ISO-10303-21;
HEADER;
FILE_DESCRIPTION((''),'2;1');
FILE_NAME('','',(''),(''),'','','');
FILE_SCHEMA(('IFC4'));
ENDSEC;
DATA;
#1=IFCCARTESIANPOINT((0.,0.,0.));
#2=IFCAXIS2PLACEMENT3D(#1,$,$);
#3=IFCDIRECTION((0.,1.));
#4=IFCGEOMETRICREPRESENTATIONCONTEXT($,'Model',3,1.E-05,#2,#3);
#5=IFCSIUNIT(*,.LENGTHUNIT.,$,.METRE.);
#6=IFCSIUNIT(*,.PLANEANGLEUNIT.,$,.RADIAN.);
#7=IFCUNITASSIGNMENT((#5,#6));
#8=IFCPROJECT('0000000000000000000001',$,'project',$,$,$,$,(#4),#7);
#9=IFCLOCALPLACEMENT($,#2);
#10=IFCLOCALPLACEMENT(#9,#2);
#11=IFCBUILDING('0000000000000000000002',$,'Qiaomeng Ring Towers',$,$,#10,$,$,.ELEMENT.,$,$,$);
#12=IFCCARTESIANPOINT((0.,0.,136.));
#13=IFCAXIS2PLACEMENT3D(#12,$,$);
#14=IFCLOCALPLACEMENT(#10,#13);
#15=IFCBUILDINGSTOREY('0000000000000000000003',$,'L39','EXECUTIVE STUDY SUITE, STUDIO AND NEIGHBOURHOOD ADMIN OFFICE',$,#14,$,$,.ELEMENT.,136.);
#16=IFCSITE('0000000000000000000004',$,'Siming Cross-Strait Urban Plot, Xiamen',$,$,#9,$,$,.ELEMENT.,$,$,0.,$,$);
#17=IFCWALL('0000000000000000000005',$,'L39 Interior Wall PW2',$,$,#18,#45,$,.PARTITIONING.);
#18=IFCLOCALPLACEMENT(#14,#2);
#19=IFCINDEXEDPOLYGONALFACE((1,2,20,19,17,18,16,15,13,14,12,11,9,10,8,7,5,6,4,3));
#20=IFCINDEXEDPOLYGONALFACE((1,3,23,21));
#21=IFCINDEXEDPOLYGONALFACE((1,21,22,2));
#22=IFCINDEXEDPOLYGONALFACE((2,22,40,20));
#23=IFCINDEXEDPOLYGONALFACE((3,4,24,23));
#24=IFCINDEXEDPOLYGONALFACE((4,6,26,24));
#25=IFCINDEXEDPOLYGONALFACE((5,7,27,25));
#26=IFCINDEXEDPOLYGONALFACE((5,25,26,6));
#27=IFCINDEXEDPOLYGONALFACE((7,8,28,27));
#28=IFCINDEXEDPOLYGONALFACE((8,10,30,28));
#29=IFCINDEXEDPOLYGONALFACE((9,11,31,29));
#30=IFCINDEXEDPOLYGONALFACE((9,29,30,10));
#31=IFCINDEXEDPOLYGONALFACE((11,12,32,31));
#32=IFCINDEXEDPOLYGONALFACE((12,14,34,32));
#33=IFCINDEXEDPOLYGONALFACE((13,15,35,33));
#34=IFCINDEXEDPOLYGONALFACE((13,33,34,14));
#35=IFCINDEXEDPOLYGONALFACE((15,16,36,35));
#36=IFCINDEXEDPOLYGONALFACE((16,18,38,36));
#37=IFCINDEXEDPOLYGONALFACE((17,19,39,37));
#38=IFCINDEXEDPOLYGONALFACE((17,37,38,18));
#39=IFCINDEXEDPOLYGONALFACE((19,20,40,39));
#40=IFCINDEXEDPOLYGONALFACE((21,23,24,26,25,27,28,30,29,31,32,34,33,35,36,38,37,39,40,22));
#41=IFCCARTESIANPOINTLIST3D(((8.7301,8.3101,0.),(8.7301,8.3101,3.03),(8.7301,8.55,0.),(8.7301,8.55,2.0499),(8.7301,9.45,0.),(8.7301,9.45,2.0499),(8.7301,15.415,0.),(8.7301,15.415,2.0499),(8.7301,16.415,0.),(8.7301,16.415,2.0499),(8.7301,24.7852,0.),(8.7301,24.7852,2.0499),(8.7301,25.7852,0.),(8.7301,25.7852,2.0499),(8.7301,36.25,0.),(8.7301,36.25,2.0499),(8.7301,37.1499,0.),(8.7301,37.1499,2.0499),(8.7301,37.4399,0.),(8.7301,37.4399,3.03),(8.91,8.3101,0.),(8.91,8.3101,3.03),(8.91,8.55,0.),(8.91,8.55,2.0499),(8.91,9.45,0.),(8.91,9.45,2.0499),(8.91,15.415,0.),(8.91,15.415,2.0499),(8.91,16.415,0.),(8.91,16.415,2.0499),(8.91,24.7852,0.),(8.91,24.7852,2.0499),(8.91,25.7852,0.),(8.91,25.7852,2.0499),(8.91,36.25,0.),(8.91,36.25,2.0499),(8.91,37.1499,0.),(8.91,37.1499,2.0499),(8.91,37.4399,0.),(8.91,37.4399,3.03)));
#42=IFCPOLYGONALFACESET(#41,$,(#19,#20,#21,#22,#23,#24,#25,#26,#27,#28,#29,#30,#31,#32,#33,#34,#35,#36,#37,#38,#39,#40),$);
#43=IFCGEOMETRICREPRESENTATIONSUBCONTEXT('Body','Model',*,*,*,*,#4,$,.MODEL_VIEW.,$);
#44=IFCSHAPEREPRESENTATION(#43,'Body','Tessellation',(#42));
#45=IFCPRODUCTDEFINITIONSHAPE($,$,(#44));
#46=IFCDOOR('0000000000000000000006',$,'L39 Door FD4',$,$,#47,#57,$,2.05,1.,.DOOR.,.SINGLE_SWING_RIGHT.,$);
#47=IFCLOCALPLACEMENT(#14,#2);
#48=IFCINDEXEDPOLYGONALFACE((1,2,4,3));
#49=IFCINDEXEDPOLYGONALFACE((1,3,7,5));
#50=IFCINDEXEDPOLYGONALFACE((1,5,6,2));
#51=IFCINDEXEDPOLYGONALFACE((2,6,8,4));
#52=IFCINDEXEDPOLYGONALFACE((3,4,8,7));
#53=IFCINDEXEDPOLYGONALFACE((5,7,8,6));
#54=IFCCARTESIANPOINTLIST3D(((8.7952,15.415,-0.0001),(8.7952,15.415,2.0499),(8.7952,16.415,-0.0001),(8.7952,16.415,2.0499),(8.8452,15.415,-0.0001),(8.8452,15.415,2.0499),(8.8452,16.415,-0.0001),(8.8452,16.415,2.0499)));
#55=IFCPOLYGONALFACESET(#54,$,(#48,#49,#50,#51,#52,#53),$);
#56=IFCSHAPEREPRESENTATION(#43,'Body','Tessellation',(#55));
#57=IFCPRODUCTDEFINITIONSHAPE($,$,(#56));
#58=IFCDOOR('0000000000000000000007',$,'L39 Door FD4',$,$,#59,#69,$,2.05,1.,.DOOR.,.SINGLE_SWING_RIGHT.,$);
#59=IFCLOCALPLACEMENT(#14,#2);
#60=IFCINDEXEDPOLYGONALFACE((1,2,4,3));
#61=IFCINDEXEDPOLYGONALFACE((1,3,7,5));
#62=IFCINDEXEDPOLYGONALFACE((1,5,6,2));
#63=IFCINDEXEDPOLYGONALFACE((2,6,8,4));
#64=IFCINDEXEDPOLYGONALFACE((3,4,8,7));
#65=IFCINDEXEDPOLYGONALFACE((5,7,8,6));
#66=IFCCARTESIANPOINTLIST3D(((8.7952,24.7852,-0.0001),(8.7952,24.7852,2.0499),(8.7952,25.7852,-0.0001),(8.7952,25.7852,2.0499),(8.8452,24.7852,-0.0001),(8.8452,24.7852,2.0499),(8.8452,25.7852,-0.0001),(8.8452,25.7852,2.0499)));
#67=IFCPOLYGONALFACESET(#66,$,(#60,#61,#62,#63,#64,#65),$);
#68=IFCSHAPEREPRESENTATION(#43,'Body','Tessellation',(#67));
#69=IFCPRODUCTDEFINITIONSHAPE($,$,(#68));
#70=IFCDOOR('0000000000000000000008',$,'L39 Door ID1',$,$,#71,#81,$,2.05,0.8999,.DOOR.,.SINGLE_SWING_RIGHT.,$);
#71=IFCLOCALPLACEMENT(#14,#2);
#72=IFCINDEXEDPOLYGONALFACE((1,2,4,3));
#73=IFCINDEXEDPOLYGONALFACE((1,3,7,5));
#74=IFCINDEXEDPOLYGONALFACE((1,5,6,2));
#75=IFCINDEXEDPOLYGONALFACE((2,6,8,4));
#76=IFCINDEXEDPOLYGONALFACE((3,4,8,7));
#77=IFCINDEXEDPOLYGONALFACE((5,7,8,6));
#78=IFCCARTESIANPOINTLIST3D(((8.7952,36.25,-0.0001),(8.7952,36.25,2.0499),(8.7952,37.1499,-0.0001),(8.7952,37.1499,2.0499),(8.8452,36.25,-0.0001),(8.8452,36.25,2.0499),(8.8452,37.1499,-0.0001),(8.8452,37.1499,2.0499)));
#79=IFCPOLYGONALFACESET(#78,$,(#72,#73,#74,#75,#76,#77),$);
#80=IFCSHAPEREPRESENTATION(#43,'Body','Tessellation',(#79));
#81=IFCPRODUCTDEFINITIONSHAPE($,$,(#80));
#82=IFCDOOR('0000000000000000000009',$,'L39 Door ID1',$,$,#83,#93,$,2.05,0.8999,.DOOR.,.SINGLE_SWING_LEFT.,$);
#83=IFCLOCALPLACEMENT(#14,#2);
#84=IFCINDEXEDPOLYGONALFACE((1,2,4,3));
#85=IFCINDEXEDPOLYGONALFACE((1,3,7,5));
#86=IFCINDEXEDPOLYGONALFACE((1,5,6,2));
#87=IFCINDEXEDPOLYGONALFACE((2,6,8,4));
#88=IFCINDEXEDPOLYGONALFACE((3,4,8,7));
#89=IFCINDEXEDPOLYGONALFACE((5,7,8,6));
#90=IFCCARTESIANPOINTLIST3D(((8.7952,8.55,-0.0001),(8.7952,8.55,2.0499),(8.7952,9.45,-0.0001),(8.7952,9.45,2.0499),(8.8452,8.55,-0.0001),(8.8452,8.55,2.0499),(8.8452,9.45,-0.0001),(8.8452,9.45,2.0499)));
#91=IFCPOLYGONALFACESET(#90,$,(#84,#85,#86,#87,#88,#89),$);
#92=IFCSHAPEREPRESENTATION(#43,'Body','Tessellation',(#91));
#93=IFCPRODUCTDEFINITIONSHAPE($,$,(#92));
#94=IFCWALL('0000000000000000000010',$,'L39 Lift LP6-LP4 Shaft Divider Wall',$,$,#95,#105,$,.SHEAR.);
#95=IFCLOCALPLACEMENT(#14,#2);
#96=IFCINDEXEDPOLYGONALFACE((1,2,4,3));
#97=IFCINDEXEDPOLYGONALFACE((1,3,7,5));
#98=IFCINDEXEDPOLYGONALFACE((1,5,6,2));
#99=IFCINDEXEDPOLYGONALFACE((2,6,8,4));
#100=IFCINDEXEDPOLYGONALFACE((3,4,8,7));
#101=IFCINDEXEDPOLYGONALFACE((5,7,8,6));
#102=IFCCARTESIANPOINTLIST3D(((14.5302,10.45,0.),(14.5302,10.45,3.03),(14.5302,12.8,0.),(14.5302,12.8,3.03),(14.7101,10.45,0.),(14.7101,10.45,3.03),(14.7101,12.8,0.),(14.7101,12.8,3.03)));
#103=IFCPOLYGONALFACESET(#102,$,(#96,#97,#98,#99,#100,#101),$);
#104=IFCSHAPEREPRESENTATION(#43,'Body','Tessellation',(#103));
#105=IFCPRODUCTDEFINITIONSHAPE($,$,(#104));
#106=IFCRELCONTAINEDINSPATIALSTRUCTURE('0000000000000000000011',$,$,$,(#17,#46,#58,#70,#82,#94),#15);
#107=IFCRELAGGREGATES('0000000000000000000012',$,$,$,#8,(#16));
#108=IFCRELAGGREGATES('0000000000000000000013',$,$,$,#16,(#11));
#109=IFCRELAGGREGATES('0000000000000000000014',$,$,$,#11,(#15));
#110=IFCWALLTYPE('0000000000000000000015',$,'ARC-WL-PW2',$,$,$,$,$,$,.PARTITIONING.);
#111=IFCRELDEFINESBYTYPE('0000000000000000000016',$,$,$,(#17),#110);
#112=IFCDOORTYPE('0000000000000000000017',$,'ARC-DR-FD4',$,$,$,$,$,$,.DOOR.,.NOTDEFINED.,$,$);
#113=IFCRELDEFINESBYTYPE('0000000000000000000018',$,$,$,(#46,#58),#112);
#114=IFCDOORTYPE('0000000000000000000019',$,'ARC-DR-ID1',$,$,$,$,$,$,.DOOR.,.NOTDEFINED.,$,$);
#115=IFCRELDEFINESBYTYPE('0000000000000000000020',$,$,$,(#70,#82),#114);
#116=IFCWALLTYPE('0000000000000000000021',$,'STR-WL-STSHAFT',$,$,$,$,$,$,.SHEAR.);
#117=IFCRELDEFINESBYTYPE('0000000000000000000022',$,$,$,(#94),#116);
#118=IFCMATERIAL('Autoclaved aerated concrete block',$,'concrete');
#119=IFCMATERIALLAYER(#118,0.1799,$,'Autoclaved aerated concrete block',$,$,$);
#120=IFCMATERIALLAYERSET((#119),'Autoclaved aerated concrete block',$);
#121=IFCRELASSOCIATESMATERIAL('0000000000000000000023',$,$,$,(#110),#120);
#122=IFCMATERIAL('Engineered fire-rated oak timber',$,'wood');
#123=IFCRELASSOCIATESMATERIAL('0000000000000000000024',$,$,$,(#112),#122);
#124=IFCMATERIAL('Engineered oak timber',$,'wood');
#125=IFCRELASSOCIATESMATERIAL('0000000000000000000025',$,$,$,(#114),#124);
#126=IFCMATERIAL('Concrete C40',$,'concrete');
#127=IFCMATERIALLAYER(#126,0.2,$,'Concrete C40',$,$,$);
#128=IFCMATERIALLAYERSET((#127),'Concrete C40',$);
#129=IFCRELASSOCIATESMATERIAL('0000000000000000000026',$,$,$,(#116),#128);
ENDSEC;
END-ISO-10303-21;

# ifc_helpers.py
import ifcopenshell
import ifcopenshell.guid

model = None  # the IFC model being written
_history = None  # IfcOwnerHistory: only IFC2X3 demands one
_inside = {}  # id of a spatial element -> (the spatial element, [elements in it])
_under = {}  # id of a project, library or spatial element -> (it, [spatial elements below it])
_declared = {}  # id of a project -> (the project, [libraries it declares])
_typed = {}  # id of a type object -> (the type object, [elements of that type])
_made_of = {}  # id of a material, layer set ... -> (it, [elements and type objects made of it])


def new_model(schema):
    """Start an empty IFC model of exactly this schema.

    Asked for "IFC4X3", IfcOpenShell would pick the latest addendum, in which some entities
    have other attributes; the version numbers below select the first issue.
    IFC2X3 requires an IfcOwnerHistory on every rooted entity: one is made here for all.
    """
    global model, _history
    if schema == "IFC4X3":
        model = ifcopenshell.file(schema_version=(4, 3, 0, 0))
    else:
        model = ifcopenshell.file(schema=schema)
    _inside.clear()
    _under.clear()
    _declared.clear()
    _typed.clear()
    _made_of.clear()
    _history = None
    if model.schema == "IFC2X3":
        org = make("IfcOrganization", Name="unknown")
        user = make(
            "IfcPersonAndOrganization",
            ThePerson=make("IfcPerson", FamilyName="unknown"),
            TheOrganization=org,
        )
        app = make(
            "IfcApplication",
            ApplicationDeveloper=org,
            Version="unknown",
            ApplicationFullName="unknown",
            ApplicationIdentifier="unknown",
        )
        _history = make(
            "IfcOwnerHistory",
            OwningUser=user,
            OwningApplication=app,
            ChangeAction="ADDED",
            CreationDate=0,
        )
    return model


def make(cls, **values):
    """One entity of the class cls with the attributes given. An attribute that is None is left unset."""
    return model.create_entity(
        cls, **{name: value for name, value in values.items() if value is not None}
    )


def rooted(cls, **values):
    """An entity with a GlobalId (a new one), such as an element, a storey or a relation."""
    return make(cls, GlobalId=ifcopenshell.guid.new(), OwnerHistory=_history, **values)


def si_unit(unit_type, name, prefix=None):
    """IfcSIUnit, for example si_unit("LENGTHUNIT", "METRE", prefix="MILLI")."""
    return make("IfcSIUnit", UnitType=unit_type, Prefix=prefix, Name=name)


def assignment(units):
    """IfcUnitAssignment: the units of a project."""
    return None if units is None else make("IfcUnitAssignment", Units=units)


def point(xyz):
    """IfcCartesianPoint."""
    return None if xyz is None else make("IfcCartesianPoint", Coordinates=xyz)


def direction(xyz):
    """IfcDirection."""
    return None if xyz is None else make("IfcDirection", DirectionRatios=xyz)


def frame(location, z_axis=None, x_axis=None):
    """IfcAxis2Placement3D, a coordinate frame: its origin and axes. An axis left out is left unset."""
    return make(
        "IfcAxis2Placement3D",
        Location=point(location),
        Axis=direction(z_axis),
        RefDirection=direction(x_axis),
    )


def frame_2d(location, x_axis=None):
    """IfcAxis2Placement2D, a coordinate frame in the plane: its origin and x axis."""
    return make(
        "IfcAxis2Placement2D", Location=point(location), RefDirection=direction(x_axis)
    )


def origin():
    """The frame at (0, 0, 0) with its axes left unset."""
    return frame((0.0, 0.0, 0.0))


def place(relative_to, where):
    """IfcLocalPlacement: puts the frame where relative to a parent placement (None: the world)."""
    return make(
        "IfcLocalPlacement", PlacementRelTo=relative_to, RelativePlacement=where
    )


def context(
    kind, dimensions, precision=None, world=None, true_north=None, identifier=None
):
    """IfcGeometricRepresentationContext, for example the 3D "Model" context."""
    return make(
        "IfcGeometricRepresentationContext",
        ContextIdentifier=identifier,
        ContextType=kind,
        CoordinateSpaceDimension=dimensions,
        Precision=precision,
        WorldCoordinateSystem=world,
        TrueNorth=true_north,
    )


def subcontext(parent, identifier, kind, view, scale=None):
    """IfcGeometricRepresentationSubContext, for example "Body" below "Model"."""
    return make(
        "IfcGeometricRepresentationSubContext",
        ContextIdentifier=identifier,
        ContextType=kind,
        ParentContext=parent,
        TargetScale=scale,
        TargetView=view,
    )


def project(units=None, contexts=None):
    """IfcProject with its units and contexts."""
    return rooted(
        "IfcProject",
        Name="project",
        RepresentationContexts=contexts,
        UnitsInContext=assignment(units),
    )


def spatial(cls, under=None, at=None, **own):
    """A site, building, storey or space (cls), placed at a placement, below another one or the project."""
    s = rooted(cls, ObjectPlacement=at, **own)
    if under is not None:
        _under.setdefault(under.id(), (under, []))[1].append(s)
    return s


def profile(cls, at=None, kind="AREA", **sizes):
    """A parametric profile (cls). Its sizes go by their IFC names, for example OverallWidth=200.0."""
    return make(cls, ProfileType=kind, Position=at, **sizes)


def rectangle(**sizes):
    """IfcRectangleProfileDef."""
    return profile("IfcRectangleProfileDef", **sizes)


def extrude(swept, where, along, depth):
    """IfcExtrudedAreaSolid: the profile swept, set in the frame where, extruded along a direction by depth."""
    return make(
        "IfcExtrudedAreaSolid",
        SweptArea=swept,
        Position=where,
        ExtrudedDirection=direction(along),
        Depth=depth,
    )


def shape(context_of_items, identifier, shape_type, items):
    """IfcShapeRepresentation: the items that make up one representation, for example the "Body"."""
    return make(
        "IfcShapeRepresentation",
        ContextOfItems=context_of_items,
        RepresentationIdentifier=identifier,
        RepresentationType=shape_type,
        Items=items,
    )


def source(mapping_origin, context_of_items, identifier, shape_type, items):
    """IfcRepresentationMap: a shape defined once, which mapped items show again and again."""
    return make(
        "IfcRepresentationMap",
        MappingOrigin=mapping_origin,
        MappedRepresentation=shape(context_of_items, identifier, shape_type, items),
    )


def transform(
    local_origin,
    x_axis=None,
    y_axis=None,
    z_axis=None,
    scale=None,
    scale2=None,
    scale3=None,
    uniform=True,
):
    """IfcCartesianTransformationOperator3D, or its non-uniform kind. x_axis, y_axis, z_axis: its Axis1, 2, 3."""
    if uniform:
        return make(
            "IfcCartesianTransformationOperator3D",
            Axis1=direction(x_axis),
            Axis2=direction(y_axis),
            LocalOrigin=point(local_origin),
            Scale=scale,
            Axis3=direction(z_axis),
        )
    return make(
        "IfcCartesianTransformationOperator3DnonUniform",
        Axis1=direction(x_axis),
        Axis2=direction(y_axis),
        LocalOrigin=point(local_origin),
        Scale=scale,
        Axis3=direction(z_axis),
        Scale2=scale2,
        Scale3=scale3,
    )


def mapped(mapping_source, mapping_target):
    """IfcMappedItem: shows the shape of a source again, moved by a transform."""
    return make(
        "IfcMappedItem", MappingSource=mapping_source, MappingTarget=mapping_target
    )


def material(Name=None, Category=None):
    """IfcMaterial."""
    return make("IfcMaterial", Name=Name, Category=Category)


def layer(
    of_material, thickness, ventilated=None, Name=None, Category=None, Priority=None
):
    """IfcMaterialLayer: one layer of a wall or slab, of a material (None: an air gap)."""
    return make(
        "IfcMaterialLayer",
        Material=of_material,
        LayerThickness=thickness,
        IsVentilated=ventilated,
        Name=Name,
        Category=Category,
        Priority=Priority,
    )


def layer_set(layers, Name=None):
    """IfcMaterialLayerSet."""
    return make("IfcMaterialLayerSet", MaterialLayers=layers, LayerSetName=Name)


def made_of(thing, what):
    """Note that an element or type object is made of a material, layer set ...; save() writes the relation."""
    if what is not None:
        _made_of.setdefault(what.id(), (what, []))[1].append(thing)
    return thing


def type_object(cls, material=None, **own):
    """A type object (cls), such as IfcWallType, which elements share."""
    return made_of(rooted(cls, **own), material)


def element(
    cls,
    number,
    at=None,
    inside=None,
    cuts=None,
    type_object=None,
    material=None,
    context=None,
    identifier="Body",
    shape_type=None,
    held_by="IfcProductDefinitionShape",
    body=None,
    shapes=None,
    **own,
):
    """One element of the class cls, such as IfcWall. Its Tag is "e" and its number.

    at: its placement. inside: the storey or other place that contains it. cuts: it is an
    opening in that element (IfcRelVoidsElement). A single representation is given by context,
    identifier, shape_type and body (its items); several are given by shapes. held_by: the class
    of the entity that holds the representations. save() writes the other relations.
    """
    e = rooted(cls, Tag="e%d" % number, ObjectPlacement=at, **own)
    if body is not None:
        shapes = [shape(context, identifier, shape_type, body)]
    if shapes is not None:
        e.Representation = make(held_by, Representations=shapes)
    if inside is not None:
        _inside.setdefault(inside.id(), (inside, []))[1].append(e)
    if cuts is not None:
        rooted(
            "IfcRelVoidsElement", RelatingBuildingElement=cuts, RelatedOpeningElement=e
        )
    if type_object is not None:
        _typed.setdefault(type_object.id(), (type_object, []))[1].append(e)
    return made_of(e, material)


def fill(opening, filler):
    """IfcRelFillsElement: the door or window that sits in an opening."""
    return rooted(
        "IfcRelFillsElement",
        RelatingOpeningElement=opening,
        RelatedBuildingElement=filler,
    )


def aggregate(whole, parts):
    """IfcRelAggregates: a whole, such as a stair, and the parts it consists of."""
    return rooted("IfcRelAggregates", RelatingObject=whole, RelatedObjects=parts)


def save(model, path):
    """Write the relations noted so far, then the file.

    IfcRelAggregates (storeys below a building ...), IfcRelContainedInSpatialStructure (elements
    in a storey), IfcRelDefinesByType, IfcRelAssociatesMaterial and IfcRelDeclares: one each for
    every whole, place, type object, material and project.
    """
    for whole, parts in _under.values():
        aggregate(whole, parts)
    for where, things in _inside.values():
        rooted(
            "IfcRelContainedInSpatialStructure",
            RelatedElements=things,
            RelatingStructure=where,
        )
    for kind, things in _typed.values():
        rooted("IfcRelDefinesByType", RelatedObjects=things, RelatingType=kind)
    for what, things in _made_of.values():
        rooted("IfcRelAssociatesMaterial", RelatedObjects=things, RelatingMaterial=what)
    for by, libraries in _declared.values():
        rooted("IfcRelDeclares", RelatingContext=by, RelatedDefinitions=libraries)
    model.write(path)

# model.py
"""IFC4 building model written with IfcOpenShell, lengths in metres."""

from ifc_helpers import new_model, si_unit, direction, frame, frame_2d, origin, place, context, subcontext, project, spatial, rectangle, extrude, source, transform, mapped, material, layer, layer_set, type_object, element, fill, save


model = new_model("IFC4")

# Units and contexts
model_context = context("Model", 3, precision=1e-05, world=origin(), true_north=direction((0.0, 1.0)))
body_context = subcontext(model_context, "Body", "Model", "MODEL_VIEW")
ifc_project = project(units=[si_unit("LENGTHUNIT", "METRE"), si_unit("PLANEANGLEUNIT", "RADIAN")], contexts=[model_context])

# Site, building, storey
site_placement = place(None, origin())
site = spatial("IfcSite", under=ifc_project, at=site_placement, Name="Siming Cross-Strait Urban Plot, Xiamen", CompositionType="ELEMENT", RefElevation=0.0)
building_placement = place(site_placement, origin())
building = spatial("IfcBuilding", under=site, at=building_placement, Name="Qiaomeng Ring Towers", CompositionType="ELEMENT")
storey_placement = place(building_placement, frame((0.0, 0.0, 136.0)))
storey = spatial("IfcBuildingStorey", under=building, at=storey_placement, Name="L39", Description="EXECUTIVE STUDY SUITE, STUDIO AND NEIGHBOURHOOD ADMIN OFFICE", CompositionType="ELEMENT", Elevation=136.0)

# Wall, openings, doors
ifc_material_1 = material(Name="Autoclaved aerated concrete block", Category="concrete")
ifc_layer_1 = layer(ifc_material_1, 0.1799, Name="Autoclaved aerated concrete block")
ifc_layer_set_1 = layer_set([ifc_layer_1], Name="Autoclaved aerated concrete block")
wall_type_1 = type_object("IfcWallType", Name="ARC-WL-PW2", PredefinedType="PARTITIONING", material=ifc_layer_set_1)
ifc_material_2 = material(Name="Engineered fire-rated oak timber", Category="wood")
door_type_1 = type_object("IfcDoorType", Name="ARC-DR-FD4", OperationType="NOTDEFINED", PredefinedType="DOOR", material=ifc_material_2)
shared_shape_1 = source(origin(), body_context, "Body", "SweptSolid", [
    extrude(rectangle(XDim=1.0, YDim=2.05, at=frame_2d((0.5, 1.0249))), frame((0.0, 0.0249, 0.0), z_axis=(0.0, -1.0, 0.0), x_axis=(1.0, 0.0, 0.0)), (0.0, 0.0, 1.0), 0.05),
])
wall_1_placement = place(storey_placement, frame((8.8201, 8.3101, 0.0), z_axis=(0.0, 0.0, 1.0), x_axis=(0.0, 1.0, 0.0)))
wall_1 = element("IfcWall", 1, at=wall_1_placement, inside=storey, type_object=wall_type_1, Name="L39 Interior Wall PW2", PredefinedType="PARTITIONING", context=body_context, shape_type="SweptSolid", body=[
    extrude(rectangle(XDim=29.1299, YDim=0.1799, at=frame_2d((14.5649, 0.0))), origin(), (0.0, 0.0, 1.0), 3.03),
])
opening_1_placement = place(wall_1_placement, frame((27.9399, 0.0, 0.0)))
opening_1 = element("IfcOpeningElement", 2, at=opening_1_placement, cuts=wall_1, PredefinedType="OPENING", context=body_context, shape_type="SweptSolid", body=[
    extrude(rectangle(XDim=0.8999, YDim=2.05, at=frame_2d((0.45, 1.0249))), frame((0.0, 0.0999, 0.0), z_axis=(0.0, -1.0, 0.0), x_axis=(1.0, 0.0, 0.0)), (0.0, 0.0, 1.0), 0.2),
])
opening_2_placement = place(wall_1_placement, frame((0.24, 0.0, 0.0)))
opening_2 = element("IfcOpeningElement", 3, at=opening_2_placement, cuts=wall_1, PredefinedType="OPENING", context=body_context, shape_type="SweptSolid", body=[
    extrude(rectangle(XDim=0.8999, YDim=2.05, at=frame_2d((0.45, 1.0249))), frame((0.0, 0.0999, 0.0), z_axis=(0.0, -1.0, 0.0), x_axis=(1.0, 0.0, 0.0)), (0.0, 0.0, 1.0), 0.2),
])
opening_3_placement = place(wall_1_placement, frame((7.105, 0.0, 0.0)))
opening_3 = element("IfcOpeningElement", 4, at=opening_3_placement, cuts=wall_1, PredefinedType="OPENING", context=body_context, shape_type="SweptSolid", body=[
    extrude(rectangle(XDim=1.0, YDim=2.05, at=frame_2d((0.5, 1.0249))), frame((0.0, 0.0999, 0.0), z_axis=(0.0, -1.0, 0.0), x_axis=(1.0, 0.0, 0.0)), (0.0, 0.0, 1.0), 0.2),
])
opening_4_placement = place(wall_1_placement, frame((16.4751, 0.0, 0.0)))
opening_4 = element("IfcOpeningElement", 5, at=opening_4_placement, cuts=wall_1, PredefinedType="OPENING", context=body_context, shape_type="SweptSolid", body=[
    extrude(rectangle(XDim=1.0, YDim=2.05, at=frame_2d((0.5, 1.0249))), frame((0.0, 0.0999, 0.0), z_axis=(0.0, -1.0, 0.0), x_axis=(1.0, 0.0, 0.0)), (0.0, 0.0, 1.0), 0.2),
])
door_1_placement = place(opening_3_placement, origin())
door_1 = element("IfcDoor", 6, at=door_1_placement, inside=storey, type_object=door_type_1, Name="L39 Door FD4", OperationType="SINGLE_SWING_RIGHT", OverallHeight=2.05, OverallWidth=1.0, PredefinedType="DOOR", context=body_context, shape_type="MappedRepresentation", body=[
    mapped(shared_shape_1, transform((0.0, 0.0, 0.0), x_axis=(1.0, 0.0, 0.0), y_axis=(0.0, 1.0, 0.0), z_axis=(0.0, 0.0, 1.0), scale=1.0)),
])
fill(opening_3, door_1)
door_2_placement = place(opening_4_placement, origin())
door_2 = element("IfcDoor", 7, at=door_2_placement, inside=storey, type_object=door_type_1, Name="L39 Door FD4", OperationType="SINGLE_SWING_RIGHT", OverallHeight=2.05, OverallWidth=1.0, PredefinedType="DOOR", context=body_context, shape_type="MappedRepresentation", body=[
    mapped(shared_shape_1, transform((0.0, 0.0, 0.0), x_axis=(1.0, 0.0, 0.0), y_axis=(0.0, 1.0, 0.0), z_axis=(0.0, 0.0, 1.0), scale=1.0)),
])
fill(opening_4, door_2)
ifc_material_3 = material(Name="Engineered oak timber", Category="wood")
door_type_2 = type_object("IfcDoorType", Name="ARC-DR-ID1", OperationType="NOTDEFINED", PredefinedType="DOOR", material=ifc_material_3)
shared_shape_2 = source(origin(), body_context, "Body", "SweptSolid", [
    extrude(rectangle(XDim=0.8999, YDim=2.05, at=frame_2d((0.45, 1.0249))), frame((0.0, 0.0249, 0.0), z_axis=(0.0, -1.0, 0.0), x_axis=(1.0, 0.0, 0.0)), (0.0, 0.0, 1.0), 0.05),
])
door_3_placement = place(opening_1_placement, origin())
door_3 = element("IfcDoor", 8, at=door_3_placement, inside=storey, type_object=door_type_2, Name="L39 Door ID1", OperationType="SINGLE_SWING_RIGHT", OverallHeight=2.05, OverallWidth=0.8999, PredefinedType="DOOR", context=body_context, shape_type="MappedRepresentation", body=[
    mapped(shared_shape_2, transform((0.0, 0.0, 0.0), x_axis=(1.0, 0.0, 0.0), y_axis=(0.0, 1.0, 0.0), z_axis=(0.0, 0.0, 1.0), scale=1.0)),
])
fill(opening_1, door_3)
door_4_placement = place(opening_2_placement, origin())
door_4 = element("IfcDoor", 9, at=door_4_placement, inside=storey, type_object=door_type_2, Name="L39 Door ID1", OperationType="SINGLE_SWING_LEFT", OverallHeight=2.05, OverallWidth=0.8999, PredefinedType="DOOR", context=body_context, shape_type="MappedRepresentation", body=[
    mapped(shared_shape_2, transform((0.0, 0.0, 0.0), x_axis=(1.0, 0.0, 0.0), y_axis=(0.0, 1.0, 0.0), z_axis=(0.0, 0.0, 1.0), scale=1.0)),
])
fill(opening_2, door_4)

# Wall
ifc_material_4 = material(Name="Concrete C40", Category="concrete")
ifc_layer_2 = layer(ifc_material_4, 0.2, Name="Concrete C40")
ifc_layer_set_2 = layer_set([ifc_layer_2], Name="Concrete C40")
wall_type_2 = type_object("IfcWallType", Name="STR-WL-STSHAFT", PredefinedType="SHEAR", material=ifc_layer_set_2)
wall_2_placement = place(storey_placement, frame((14.6201, 10.45, 0.0), z_axis=(0.0, 0.0, 1.0), x_axis=(0.0, 1.0, 0.0)))
element("IfcWall", 10, at=wall_2_placement, inside=storey, type_object=wall_type_2, Name="L39 Lift LP6-LP4 Shaft Divider Wall", PredefinedType="SHEAR", context=body_context, shape_type="SweptSolid", body=[
    extrude(rectangle(XDim=2.3501, YDim=0.1799, at=frame_2d((1.175, 0.0))), origin(), (0.0, 0.0, 1.0), 3.03),
])

save(model, "model.ifc")
